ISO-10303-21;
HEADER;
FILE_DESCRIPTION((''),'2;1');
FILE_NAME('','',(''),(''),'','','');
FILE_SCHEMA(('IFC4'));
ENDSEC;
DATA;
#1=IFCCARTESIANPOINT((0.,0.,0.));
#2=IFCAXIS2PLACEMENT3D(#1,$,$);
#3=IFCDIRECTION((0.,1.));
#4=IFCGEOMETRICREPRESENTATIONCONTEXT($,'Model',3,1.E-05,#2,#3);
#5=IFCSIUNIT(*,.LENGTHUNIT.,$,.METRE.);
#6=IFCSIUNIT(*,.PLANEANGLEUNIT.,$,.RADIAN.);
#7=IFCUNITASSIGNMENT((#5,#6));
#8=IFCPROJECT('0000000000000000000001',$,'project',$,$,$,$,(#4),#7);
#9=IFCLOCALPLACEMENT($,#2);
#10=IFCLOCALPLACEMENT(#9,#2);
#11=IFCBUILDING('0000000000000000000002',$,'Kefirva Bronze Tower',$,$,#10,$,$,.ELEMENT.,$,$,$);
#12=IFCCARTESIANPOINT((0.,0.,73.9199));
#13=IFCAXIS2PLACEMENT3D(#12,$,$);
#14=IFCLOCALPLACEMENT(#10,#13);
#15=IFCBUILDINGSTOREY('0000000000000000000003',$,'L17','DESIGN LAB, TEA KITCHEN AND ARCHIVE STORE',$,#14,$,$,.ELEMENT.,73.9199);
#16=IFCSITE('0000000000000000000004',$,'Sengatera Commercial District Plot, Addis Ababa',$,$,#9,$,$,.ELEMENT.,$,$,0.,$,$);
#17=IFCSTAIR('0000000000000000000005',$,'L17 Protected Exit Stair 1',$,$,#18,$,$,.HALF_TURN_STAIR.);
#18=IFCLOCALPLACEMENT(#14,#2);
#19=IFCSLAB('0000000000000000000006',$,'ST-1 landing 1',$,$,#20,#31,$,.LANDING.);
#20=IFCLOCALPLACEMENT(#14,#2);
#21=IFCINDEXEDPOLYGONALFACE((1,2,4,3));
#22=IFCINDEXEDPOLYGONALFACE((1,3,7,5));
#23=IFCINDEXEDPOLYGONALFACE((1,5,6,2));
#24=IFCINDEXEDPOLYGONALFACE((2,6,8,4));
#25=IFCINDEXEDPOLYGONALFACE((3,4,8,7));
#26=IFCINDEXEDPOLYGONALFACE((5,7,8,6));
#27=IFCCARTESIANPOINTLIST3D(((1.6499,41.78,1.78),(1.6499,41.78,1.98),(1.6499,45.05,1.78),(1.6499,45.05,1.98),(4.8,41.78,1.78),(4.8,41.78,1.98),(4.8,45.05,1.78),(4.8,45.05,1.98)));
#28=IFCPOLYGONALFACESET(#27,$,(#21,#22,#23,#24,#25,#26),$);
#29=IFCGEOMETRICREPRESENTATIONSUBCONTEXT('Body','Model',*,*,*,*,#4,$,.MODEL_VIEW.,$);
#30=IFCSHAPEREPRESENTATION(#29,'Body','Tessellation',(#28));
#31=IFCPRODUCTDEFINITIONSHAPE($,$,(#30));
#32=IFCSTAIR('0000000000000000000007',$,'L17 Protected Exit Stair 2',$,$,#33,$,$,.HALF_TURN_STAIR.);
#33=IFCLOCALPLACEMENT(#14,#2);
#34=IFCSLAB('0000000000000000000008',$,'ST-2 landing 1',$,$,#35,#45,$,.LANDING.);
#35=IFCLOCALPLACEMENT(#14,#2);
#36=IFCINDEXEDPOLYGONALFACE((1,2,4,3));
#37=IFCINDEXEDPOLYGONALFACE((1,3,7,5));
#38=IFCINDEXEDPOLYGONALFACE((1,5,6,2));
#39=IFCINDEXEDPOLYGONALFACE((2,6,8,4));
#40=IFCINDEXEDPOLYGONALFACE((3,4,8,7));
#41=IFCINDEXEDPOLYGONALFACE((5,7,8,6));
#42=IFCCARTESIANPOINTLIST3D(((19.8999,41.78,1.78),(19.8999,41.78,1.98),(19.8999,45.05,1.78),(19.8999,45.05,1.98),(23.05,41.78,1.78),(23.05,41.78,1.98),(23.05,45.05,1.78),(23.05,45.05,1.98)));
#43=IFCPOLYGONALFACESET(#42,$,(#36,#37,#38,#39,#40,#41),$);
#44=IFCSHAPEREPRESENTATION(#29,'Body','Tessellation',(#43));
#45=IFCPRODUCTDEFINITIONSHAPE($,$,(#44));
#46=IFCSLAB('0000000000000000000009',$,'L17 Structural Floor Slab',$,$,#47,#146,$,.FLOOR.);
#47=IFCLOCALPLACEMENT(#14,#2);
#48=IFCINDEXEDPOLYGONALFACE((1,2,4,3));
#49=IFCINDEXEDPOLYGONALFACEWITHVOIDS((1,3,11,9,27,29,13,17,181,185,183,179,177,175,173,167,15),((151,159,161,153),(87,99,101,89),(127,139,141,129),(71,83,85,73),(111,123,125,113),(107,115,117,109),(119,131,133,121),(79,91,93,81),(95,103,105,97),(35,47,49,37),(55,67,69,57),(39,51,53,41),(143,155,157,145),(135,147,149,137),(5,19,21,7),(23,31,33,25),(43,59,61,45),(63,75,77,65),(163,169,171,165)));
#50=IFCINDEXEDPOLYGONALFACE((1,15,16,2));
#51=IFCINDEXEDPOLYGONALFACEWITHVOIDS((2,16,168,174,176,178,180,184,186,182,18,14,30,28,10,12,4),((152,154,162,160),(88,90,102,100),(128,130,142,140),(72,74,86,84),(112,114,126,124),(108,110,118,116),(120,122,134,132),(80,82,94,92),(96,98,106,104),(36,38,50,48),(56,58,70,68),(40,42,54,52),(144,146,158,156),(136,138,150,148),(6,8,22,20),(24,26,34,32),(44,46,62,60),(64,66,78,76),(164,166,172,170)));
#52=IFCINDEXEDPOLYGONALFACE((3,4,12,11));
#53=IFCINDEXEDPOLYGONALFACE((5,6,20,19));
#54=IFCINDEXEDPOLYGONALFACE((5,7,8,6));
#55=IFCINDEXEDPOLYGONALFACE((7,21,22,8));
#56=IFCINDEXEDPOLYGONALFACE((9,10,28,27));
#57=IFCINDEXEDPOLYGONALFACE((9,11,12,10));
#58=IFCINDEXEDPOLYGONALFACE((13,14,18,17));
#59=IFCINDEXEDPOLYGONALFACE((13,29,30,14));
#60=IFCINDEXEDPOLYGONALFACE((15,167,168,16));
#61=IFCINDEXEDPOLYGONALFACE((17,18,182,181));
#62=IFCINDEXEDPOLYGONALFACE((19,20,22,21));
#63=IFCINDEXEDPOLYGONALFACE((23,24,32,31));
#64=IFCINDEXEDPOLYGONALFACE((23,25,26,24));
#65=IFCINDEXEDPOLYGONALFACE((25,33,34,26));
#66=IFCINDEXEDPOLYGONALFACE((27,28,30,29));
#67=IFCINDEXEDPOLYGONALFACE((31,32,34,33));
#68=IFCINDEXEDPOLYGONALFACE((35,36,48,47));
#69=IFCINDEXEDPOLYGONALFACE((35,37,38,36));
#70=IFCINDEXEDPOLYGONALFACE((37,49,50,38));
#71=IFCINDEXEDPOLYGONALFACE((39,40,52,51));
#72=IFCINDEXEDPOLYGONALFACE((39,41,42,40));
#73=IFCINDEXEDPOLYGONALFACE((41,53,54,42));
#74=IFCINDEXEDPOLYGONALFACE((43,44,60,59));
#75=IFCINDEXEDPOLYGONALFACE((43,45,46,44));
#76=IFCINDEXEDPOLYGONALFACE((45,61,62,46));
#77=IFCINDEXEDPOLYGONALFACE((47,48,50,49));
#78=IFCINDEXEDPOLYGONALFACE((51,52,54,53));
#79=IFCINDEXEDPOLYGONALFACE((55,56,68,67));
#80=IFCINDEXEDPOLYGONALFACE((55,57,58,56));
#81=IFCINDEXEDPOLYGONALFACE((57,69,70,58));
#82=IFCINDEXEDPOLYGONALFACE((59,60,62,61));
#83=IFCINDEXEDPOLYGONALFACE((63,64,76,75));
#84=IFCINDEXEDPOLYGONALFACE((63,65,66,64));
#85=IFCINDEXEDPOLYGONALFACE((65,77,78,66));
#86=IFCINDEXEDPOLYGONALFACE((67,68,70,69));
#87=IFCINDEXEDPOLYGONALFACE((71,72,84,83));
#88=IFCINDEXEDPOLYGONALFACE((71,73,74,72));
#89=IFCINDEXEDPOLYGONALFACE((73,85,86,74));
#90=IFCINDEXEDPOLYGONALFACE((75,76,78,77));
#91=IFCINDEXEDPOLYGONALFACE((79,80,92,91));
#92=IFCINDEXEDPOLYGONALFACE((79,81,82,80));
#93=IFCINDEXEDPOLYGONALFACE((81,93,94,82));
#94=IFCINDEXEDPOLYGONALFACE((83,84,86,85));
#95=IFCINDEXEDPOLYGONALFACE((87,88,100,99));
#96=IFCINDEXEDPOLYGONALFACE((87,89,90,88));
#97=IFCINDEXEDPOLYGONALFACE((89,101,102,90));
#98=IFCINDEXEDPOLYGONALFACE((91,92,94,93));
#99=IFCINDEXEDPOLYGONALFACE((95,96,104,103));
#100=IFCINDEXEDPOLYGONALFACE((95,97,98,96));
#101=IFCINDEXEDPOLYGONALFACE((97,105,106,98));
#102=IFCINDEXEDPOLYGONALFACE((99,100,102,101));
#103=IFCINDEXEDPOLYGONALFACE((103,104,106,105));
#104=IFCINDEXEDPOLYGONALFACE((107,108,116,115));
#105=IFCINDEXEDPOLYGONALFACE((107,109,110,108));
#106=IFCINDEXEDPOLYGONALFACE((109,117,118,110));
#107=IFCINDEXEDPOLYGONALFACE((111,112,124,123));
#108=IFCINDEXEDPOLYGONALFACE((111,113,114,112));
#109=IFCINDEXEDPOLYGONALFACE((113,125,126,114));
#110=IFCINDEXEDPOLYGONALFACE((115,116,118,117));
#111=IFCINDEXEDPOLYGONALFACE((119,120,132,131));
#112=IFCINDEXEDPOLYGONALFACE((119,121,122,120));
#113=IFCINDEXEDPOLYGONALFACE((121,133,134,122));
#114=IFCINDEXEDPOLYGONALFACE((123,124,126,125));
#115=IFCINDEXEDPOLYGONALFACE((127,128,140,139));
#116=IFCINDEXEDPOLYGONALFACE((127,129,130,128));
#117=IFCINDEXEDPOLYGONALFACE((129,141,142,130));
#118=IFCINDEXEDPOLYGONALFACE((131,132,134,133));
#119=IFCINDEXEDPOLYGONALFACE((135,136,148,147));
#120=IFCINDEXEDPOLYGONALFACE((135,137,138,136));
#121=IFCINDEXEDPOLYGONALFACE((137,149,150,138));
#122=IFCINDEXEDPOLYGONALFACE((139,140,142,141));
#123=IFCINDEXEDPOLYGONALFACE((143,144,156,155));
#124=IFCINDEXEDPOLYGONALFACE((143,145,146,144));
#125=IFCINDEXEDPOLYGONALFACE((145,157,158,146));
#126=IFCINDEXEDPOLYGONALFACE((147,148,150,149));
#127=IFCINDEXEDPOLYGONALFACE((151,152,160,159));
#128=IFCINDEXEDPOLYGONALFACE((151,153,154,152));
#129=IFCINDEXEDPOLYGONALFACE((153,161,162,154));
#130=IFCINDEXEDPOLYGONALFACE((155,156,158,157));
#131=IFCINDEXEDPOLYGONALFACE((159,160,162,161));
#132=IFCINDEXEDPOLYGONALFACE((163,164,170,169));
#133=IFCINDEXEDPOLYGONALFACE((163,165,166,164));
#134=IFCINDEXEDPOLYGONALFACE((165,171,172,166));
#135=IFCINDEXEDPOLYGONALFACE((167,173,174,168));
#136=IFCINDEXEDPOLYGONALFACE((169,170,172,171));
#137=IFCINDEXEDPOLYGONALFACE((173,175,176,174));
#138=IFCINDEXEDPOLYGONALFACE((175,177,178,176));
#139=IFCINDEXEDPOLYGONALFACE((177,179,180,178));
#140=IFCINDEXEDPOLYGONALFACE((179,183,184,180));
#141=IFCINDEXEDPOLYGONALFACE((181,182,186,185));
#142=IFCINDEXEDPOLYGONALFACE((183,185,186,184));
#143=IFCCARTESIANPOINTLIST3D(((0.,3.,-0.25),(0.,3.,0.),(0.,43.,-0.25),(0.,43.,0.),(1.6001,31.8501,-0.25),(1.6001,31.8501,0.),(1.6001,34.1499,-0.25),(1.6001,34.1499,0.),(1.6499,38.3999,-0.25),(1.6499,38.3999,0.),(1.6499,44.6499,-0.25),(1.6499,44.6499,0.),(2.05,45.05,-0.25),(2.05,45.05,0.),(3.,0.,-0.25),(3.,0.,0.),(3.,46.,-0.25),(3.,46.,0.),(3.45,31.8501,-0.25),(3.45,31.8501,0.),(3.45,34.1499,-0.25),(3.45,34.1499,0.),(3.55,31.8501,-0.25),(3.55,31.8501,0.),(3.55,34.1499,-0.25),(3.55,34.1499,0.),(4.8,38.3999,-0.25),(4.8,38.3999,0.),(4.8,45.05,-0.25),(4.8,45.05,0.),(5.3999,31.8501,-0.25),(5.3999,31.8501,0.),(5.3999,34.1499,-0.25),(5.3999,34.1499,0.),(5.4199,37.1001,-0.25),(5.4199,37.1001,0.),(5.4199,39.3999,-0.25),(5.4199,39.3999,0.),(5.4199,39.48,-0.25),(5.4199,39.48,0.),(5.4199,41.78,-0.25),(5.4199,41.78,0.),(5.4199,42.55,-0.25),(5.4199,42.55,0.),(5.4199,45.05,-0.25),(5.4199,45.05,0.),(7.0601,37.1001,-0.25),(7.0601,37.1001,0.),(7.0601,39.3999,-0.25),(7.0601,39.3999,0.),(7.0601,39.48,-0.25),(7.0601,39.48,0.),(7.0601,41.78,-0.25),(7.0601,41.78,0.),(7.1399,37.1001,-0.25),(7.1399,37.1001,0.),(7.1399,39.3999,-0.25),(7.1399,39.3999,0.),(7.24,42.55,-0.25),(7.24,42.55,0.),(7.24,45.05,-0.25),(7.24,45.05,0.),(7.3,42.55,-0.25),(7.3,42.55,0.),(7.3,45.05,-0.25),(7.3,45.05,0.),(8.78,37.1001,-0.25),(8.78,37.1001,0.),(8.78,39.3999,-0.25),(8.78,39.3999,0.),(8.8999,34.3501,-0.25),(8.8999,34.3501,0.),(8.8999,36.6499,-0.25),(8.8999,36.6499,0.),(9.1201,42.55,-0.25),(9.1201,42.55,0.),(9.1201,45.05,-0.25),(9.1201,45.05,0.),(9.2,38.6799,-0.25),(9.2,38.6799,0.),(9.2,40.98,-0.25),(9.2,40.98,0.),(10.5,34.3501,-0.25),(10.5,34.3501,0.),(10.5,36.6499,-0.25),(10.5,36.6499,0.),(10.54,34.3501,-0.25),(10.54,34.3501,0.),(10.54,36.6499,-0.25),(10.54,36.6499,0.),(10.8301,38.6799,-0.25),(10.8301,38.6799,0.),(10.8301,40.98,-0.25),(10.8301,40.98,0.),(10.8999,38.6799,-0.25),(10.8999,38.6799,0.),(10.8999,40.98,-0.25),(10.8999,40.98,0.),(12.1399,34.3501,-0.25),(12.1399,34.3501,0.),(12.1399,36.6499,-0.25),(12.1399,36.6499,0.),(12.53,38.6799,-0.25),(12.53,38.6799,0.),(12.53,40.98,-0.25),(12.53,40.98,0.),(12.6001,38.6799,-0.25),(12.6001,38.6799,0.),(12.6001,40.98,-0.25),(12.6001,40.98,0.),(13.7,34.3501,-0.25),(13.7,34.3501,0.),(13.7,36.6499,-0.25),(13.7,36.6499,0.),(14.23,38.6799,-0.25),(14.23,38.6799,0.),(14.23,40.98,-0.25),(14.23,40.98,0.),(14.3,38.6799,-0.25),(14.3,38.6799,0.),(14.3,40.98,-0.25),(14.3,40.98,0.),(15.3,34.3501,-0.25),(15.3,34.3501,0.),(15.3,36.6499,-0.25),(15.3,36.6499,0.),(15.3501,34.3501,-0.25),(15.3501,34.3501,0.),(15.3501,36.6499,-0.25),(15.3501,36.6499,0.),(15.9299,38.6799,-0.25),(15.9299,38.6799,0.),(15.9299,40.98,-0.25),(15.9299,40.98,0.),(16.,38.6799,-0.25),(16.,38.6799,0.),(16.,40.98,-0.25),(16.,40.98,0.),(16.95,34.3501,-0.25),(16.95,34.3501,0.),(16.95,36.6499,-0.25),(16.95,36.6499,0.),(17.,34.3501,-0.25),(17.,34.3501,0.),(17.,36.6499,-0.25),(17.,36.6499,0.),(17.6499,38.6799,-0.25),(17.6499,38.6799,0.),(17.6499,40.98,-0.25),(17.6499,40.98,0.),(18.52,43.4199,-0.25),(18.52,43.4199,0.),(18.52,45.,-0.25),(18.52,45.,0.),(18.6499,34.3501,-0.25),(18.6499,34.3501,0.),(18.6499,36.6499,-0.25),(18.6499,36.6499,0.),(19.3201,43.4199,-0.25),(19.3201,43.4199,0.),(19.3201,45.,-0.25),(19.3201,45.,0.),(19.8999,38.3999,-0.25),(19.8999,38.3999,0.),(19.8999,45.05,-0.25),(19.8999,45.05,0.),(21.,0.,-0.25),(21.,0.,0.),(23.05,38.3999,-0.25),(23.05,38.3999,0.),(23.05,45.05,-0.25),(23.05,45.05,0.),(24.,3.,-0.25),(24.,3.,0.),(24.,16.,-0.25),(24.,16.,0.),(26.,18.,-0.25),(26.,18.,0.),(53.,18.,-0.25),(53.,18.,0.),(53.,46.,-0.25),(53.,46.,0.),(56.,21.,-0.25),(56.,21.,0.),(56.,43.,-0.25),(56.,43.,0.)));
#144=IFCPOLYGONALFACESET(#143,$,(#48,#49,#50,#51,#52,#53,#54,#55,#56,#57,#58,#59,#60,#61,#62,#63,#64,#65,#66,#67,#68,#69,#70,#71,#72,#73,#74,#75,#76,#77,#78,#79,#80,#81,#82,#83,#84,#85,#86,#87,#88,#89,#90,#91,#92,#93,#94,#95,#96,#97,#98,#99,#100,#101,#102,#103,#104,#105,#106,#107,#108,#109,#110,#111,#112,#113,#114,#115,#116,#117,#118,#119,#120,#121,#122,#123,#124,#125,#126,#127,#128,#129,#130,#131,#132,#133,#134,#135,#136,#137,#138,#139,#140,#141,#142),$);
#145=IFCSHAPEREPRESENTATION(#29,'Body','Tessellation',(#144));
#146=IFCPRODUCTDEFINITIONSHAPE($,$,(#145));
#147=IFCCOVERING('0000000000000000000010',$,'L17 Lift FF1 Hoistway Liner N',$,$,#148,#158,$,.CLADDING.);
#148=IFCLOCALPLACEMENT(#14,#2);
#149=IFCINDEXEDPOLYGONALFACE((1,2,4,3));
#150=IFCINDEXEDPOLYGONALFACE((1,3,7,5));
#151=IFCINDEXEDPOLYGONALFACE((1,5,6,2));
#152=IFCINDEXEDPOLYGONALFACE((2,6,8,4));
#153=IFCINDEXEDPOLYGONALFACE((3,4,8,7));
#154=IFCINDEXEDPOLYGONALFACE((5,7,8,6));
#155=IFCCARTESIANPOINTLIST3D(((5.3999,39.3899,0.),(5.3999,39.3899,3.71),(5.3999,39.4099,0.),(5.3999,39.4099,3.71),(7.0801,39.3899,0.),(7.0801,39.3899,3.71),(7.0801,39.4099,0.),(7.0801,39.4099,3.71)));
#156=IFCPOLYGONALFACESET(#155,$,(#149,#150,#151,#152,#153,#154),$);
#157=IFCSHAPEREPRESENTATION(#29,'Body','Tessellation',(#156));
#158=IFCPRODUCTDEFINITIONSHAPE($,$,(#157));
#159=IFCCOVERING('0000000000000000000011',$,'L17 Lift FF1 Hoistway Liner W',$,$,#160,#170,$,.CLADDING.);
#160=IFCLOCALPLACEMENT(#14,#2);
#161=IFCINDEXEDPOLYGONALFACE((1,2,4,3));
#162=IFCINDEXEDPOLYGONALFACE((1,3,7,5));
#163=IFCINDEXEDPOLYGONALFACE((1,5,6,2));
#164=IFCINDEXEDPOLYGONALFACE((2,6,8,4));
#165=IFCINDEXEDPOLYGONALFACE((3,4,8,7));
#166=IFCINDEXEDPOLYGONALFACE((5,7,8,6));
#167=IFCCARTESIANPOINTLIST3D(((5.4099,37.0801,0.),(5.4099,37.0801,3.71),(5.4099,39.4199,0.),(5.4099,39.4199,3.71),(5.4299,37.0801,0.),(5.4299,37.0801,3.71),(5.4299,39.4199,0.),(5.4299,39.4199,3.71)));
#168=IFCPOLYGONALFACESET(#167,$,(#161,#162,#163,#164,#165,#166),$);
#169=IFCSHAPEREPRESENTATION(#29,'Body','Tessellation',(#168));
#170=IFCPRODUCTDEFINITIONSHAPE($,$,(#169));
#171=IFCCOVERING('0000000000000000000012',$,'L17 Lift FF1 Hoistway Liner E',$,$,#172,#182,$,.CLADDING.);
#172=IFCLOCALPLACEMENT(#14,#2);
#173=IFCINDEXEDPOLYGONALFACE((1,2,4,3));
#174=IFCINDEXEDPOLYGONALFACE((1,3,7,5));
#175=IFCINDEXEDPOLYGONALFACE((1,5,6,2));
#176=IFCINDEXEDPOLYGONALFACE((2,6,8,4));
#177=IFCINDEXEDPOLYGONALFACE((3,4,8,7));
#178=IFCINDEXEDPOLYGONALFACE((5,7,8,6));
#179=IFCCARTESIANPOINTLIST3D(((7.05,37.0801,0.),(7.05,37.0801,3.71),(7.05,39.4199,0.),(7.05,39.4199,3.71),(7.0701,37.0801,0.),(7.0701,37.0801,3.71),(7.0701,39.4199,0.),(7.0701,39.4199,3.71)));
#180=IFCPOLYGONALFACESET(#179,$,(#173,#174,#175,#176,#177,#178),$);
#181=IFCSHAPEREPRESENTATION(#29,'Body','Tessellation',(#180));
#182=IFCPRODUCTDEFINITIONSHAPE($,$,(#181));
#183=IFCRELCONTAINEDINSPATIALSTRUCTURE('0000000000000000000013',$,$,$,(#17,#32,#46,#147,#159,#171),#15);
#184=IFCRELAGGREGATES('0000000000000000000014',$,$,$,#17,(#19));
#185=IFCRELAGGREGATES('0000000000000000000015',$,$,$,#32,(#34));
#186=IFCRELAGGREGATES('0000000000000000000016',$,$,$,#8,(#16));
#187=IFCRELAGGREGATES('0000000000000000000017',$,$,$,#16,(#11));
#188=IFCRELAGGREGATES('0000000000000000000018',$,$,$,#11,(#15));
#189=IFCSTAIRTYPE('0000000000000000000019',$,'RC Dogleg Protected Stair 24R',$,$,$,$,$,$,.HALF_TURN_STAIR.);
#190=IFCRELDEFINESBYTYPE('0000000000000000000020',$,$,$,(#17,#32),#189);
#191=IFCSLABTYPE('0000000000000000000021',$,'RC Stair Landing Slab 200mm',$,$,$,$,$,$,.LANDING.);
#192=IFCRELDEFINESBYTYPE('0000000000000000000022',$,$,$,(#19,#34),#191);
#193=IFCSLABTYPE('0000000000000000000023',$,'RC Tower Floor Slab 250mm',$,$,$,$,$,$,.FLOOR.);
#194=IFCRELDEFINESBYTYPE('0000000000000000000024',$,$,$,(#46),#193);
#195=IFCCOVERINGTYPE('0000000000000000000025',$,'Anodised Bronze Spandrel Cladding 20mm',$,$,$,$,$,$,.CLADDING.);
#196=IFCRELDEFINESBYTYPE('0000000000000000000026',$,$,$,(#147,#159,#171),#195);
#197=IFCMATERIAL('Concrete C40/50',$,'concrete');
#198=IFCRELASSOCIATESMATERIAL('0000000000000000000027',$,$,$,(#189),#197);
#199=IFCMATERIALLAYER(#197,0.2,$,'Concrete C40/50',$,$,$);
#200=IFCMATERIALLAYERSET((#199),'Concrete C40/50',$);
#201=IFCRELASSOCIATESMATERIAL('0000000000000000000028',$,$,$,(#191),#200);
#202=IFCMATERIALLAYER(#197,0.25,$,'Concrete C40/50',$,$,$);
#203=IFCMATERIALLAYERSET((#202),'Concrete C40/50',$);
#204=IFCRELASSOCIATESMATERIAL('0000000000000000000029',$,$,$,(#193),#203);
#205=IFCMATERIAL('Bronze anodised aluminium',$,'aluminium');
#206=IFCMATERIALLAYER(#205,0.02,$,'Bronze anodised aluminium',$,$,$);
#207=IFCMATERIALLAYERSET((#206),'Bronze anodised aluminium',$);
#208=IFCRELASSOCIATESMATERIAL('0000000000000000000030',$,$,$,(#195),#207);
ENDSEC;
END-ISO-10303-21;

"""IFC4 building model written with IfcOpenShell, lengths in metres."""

from ifc_helpers import new_model, si_unit, direction, frame, origin, place, context, subcontext, project, spatial, polyline, outline, extrude, material, layer, layer_set, type_object, element, aggregate, save


model = new_model("IFC4")

# Units and contexts
model_context = context("Model", 3, precision=1e-05, world=origin(), true_north=direction((0.0, 1.0)))
body_context = subcontext(model_context, "Body", "Model", "MODEL_VIEW")
ifc_project = project(units=[si_unit("LENGTHUNIT", "METRE"), si_unit("PLANEANGLEUNIT", "RADIAN")], contexts=[model_context])

# Site, building, storey
site_placement = place(None, origin())
site = spatial("IfcSite", under=ifc_project, at=site_placement, Name="Sengatera Commercial District Plot, Addis Ababa", CompositionType="ELEMENT", RefElevation=0.0)
building_placement = place(site_placement, origin())
building = spatial("IfcBuilding", under=site, at=building_placement, Name="Kefirva Bronze Tower", CompositionType="ELEMENT")
storey_placement = place(building_placement, frame((0.0, 0.0, 73.9199)))
storey = spatial("IfcBuildingStorey", under=building, at=storey_placement, Name="L17", Description="DESIGN LAB, TEA KITCHEN AND ARCHIVE STORE", CompositionType="ELEMENT", Elevation=73.9199)

# Stairs, slabs
ifc_material_1 = material(Name="Concrete C40/50", Category="concrete")
stair_type = type_object("IfcStairType", Name="RC Dogleg Protected Stair 24R", PredefinedType="HALF_TURN_STAIR", material=ifc_material_1)
stair_1_placement = place(storey_placement, origin())
stair_1 = element("IfcStair", 1, at=stair_1_placement, inside=storey, type_object=stair_type, Name="L17 Protected Exit Stair 1", PredefinedType="HALF_TURN_STAIR")
ifc_layer_1 = layer(ifc_material_1, 0.2, Name="Concrete C40/50")
ifc_layer_set_1 = layer_set([ifc_layer_1], Name="Concrete C40/50")
slab_type_1 = type_object("IfcSlabType", Name="RC Stair Landing Slab 200mm", PredefinedType="LANDING", material=ifc_layer_set_1)
slab_1_placement = place(storey_placement, frame((0.0, 0.0, 1.78)))
slab_1 = element("IfcSlab", 2, at=slab_1_placement, type_object=slab_type_1, Name="ST-1 landing 1", PredefinedType="LANDING", context=body_context, shape_type="SweptSolid", body=[
    extrude(outline(polyline([(4.8, 41.78), (4.8, 45.05), (1.6499, 45.05), (1.6499, 41.78), (4.8, 41.78)])), origin(), (0.0, 0.0, 1.0), 0.2),
])
aggregate(stair_1, [slab_1])
stair_2_placement = place(storey_placement, origin())
stair_2 = element("IfcStair", 3, at=stair_2_placement, inside=storey, type_object=stair_type, Name="L17 Protected Exit Stair 2", PredefinedType="HALF_TURN_STAIR")
slab_2_placement = place(storey_placement, frame((0.0, 0.0, 1.78)))
slab_2 = element("IfcSlab", 4, at=slab_2_placement, type_object=slab_type_1, Name="ST-2 landing 1", PredefinedType="LANDING", context=body_context, shape_type="SweptSolid", body=[
    extrude(outline(polyline([(23.05, 41.78), (23.05, 45.05), (19.8999, 45.05), (19.8999, 41.78), (23.05, 41.78)])), origin(), (0.0, 0.0, 1.0), 0.2),
])
aggregate(stair_2, [slab_2])

# Slab
ifc_layer_2 = layer(ifc_material_1, 0.25, Name="Concrete C40/50")
ifc_layer_set_2 = layer_set([ifc_layer_2], Name="Concrete C40/50")
slab_type_2 = type_object("IfcSlabType", Name="RC Tower Floor Slab 250mm", PredefinedType="FLOOR", material=ifc_layer_set_2)
slab_3_placement = place(storey_placement, frame((0.0, 0.0, -0.25)))
element("IfcSlab", 5, at=slab_3_placement, inside=storey, type_object=slab_type_2, Name="L17 Structural Floor Slab", PredefinedType="FLOOR", context=body_context, shape_type="SweptSolid", body=[
    extrude(outline(polyline([(0.0, 3.0), (0.0, 43.0), (1.6499, 44.6499), (1.6499, 38.3999), (4.8, 38.3999), (4.8, 45.05), (2.05, 45.05), (3.0, 46.0), (53.0, 46.0), (56.0, 43.0), (56.0, 21.0), (53.0, 18.0), (26.0, 18.0), (24.0, 16.0), (24.0, 3.0), (21.0, 0.0), (3.0, 0.0), (0.0, 3.0)]), holes=[polyline([(19.8999, 38.3999), (23.05, 38.3999), (23.05, 45.05), (19.8999, 45.05), (19.8999, 38.3999)]), polyline([(18.52, 43.4199), (19.3201, 43.4199), (19.3201, 45.0), (18.52, 45.0), (18.52, 43.4199)]), polyline([(17.0, 34.3501), (18.6499, 34.3501), (18.6499, 36.6499), (17.0, 36.6499), (17.0, 34.3501)]), polyline([(17.6499, 38.6799), (17.6499, 40.98), (16.0, 40.98), (16.0, 38.6799), (17.6499, 38.6799)]), polyline([(16.95, 34.3501), (16.95, 36.6499), (15.3501, 36.6499), (15.3501, 34.3501), (16.95, 34.3501)]), polyline([(15.9299, 38.6799), (15.9299, 40.98), (14.3, 40.98), (14.3, 38.6799), (15.9299, 38.6799)]), polyline([(15.3, 34.3501), (15.3, 36.6499), (13.7, 36.6499), (13.7, 34.3501), (15.3, 34.3501)]), polyline([(14.23, 38.6799), (14.23, 40.98), (12.6001, 40.98), (12.6001, 38.6799), (14.23, 38.6799)]), polyline([(10.8999, 38.6799), (12.53, 38.6799), (12.53, 40.98), (10.8999, 40.98), (10.8999, 38.6799)]), polyline([(12.1399, 34.3501), (12.1399, 36.6499), (10.54, 36.6499), (10.54, 34.3501), (12.1399, 34.3501)]), polyline([(10.8301, 38.6799), (10.8301, 40.98), (9.2, 40.98), (9.2, 38.6799), (10.8301, 38.6799)]), polyline([(10.5, 34.3501), (10.5, 36.6499), (8.8999, 36.6499), (8.8999, 34.3501), (10.5, 34.3501)]), polyline([(7.3, 42.55), (9.1201, 42.55), (9.1201, 45.05), (7.3, 45.05), (7.3, 42.55)]), polyline([(7.1399, 37.1001), (8.78, 37.1001), (8.78, 39.3999), (7.1399, 39.3999), (7.1399, 37.1001)]), polyline([(5.4199, 42.55), (7.24, 42.55), (7.24, 45.05), (5.4199, 45.05), (5.4199, 42.55)]), polyline([(7.0601, 39.48), (7.0601, 41.78), (5.4199, 41.78), (5.4199, 39.48), (7.0601, 39.48)]), polyline([(5.4199, 37.1001), (7.0601, 37.1001), (7.0601, 39.3999), (5.4199, 39.3999), (5.4199, 37.1001)]), polyline([(5.3999, 31.8501), (5.3999, 34.1499), (3.55, 34.1499), (3.55, 31.8501), (5.3999, 31.8501)]), polyline([(3.45, 31.8501), (3.45, 34.1499), (1.6001, 34.1499), (1.6001, 31.8501), (3.45, 31.8501)])]), origin(), (0.0, 0.0, 1.0), 0.25),
])

# Coverings
ifc_material_2 = material(Name="Bronze anodised aluminium", Category="aluminium")
ifc_layer_3 = layer(ifc_material_2, 0.02, Name="Bronze anodised aluminium")
ifc_layer_set_3 = layer_set([ifc_layer_3], Name="Bronze anodised aluminium")
covering_type = type_object("IfcCoveringType", Name="Anodised Bronze Spandrel Cladding 20mm", PredefinedType="CLADDING", material=ifc_layer_set_3)
covering_1_placement = place(storey_placement, origin())
element("IfcCovering", 6, at=covering_1_placement, inside=storey, type_object=covering_type, Name="L17 Lift FF1 Hoistway Liner N", PredefinedType="CLADDING", context=body_context, shape_type="SweptSolid", body=[
    extrude(outline(polyline([(5.3999, 39.3899), (7.0801, 39.3899), (7.0801, 39.4099), (5.3999, 39.4099), (5.3999, 39.3899)])), origin(), (0.0, 0.0, 1.0), 3.71),
])
covering_2_placement = place(storey_placement, origin())
element("IfcCovering", 7, at=covering_2_placement, inside=storey, type_object=covering_type, Name="L17 Lift FF1 Hoistway Liner W", PredefinedType="CLADDING", context=body_context, shape_type="SweptSolid", body=[
    extrude(outline(polyline([(5.4099, 37.0801), (5.4299, 37.0801), (5.4299, 39.4199), (5.4099, 39.4199), (5.4099, 37.0801)])), origin(), (0.0, 0.0, 1.0), 3.71),
])
covering_3_placement = place(storey_placement, origin())
element("IfcCovering", 8, at=covering_3_placement, inside=storey, type_object=covering_type, Name="L17 Lift FF1 Hoistway Liner E", PredefinedType="CLADDING", context=body_context, shape_type="SweptSolid", body=[
    extrude(outline(polyline([(7.05, 37.0801), (7.0701, 37.0801), (7.0701, 39.4199), (7.05, 39.4199), (7.05, 37.0801)])), origin(), (0.0, 0.0, 1.0), 3.71),
])

save(model, "model.ifc")
